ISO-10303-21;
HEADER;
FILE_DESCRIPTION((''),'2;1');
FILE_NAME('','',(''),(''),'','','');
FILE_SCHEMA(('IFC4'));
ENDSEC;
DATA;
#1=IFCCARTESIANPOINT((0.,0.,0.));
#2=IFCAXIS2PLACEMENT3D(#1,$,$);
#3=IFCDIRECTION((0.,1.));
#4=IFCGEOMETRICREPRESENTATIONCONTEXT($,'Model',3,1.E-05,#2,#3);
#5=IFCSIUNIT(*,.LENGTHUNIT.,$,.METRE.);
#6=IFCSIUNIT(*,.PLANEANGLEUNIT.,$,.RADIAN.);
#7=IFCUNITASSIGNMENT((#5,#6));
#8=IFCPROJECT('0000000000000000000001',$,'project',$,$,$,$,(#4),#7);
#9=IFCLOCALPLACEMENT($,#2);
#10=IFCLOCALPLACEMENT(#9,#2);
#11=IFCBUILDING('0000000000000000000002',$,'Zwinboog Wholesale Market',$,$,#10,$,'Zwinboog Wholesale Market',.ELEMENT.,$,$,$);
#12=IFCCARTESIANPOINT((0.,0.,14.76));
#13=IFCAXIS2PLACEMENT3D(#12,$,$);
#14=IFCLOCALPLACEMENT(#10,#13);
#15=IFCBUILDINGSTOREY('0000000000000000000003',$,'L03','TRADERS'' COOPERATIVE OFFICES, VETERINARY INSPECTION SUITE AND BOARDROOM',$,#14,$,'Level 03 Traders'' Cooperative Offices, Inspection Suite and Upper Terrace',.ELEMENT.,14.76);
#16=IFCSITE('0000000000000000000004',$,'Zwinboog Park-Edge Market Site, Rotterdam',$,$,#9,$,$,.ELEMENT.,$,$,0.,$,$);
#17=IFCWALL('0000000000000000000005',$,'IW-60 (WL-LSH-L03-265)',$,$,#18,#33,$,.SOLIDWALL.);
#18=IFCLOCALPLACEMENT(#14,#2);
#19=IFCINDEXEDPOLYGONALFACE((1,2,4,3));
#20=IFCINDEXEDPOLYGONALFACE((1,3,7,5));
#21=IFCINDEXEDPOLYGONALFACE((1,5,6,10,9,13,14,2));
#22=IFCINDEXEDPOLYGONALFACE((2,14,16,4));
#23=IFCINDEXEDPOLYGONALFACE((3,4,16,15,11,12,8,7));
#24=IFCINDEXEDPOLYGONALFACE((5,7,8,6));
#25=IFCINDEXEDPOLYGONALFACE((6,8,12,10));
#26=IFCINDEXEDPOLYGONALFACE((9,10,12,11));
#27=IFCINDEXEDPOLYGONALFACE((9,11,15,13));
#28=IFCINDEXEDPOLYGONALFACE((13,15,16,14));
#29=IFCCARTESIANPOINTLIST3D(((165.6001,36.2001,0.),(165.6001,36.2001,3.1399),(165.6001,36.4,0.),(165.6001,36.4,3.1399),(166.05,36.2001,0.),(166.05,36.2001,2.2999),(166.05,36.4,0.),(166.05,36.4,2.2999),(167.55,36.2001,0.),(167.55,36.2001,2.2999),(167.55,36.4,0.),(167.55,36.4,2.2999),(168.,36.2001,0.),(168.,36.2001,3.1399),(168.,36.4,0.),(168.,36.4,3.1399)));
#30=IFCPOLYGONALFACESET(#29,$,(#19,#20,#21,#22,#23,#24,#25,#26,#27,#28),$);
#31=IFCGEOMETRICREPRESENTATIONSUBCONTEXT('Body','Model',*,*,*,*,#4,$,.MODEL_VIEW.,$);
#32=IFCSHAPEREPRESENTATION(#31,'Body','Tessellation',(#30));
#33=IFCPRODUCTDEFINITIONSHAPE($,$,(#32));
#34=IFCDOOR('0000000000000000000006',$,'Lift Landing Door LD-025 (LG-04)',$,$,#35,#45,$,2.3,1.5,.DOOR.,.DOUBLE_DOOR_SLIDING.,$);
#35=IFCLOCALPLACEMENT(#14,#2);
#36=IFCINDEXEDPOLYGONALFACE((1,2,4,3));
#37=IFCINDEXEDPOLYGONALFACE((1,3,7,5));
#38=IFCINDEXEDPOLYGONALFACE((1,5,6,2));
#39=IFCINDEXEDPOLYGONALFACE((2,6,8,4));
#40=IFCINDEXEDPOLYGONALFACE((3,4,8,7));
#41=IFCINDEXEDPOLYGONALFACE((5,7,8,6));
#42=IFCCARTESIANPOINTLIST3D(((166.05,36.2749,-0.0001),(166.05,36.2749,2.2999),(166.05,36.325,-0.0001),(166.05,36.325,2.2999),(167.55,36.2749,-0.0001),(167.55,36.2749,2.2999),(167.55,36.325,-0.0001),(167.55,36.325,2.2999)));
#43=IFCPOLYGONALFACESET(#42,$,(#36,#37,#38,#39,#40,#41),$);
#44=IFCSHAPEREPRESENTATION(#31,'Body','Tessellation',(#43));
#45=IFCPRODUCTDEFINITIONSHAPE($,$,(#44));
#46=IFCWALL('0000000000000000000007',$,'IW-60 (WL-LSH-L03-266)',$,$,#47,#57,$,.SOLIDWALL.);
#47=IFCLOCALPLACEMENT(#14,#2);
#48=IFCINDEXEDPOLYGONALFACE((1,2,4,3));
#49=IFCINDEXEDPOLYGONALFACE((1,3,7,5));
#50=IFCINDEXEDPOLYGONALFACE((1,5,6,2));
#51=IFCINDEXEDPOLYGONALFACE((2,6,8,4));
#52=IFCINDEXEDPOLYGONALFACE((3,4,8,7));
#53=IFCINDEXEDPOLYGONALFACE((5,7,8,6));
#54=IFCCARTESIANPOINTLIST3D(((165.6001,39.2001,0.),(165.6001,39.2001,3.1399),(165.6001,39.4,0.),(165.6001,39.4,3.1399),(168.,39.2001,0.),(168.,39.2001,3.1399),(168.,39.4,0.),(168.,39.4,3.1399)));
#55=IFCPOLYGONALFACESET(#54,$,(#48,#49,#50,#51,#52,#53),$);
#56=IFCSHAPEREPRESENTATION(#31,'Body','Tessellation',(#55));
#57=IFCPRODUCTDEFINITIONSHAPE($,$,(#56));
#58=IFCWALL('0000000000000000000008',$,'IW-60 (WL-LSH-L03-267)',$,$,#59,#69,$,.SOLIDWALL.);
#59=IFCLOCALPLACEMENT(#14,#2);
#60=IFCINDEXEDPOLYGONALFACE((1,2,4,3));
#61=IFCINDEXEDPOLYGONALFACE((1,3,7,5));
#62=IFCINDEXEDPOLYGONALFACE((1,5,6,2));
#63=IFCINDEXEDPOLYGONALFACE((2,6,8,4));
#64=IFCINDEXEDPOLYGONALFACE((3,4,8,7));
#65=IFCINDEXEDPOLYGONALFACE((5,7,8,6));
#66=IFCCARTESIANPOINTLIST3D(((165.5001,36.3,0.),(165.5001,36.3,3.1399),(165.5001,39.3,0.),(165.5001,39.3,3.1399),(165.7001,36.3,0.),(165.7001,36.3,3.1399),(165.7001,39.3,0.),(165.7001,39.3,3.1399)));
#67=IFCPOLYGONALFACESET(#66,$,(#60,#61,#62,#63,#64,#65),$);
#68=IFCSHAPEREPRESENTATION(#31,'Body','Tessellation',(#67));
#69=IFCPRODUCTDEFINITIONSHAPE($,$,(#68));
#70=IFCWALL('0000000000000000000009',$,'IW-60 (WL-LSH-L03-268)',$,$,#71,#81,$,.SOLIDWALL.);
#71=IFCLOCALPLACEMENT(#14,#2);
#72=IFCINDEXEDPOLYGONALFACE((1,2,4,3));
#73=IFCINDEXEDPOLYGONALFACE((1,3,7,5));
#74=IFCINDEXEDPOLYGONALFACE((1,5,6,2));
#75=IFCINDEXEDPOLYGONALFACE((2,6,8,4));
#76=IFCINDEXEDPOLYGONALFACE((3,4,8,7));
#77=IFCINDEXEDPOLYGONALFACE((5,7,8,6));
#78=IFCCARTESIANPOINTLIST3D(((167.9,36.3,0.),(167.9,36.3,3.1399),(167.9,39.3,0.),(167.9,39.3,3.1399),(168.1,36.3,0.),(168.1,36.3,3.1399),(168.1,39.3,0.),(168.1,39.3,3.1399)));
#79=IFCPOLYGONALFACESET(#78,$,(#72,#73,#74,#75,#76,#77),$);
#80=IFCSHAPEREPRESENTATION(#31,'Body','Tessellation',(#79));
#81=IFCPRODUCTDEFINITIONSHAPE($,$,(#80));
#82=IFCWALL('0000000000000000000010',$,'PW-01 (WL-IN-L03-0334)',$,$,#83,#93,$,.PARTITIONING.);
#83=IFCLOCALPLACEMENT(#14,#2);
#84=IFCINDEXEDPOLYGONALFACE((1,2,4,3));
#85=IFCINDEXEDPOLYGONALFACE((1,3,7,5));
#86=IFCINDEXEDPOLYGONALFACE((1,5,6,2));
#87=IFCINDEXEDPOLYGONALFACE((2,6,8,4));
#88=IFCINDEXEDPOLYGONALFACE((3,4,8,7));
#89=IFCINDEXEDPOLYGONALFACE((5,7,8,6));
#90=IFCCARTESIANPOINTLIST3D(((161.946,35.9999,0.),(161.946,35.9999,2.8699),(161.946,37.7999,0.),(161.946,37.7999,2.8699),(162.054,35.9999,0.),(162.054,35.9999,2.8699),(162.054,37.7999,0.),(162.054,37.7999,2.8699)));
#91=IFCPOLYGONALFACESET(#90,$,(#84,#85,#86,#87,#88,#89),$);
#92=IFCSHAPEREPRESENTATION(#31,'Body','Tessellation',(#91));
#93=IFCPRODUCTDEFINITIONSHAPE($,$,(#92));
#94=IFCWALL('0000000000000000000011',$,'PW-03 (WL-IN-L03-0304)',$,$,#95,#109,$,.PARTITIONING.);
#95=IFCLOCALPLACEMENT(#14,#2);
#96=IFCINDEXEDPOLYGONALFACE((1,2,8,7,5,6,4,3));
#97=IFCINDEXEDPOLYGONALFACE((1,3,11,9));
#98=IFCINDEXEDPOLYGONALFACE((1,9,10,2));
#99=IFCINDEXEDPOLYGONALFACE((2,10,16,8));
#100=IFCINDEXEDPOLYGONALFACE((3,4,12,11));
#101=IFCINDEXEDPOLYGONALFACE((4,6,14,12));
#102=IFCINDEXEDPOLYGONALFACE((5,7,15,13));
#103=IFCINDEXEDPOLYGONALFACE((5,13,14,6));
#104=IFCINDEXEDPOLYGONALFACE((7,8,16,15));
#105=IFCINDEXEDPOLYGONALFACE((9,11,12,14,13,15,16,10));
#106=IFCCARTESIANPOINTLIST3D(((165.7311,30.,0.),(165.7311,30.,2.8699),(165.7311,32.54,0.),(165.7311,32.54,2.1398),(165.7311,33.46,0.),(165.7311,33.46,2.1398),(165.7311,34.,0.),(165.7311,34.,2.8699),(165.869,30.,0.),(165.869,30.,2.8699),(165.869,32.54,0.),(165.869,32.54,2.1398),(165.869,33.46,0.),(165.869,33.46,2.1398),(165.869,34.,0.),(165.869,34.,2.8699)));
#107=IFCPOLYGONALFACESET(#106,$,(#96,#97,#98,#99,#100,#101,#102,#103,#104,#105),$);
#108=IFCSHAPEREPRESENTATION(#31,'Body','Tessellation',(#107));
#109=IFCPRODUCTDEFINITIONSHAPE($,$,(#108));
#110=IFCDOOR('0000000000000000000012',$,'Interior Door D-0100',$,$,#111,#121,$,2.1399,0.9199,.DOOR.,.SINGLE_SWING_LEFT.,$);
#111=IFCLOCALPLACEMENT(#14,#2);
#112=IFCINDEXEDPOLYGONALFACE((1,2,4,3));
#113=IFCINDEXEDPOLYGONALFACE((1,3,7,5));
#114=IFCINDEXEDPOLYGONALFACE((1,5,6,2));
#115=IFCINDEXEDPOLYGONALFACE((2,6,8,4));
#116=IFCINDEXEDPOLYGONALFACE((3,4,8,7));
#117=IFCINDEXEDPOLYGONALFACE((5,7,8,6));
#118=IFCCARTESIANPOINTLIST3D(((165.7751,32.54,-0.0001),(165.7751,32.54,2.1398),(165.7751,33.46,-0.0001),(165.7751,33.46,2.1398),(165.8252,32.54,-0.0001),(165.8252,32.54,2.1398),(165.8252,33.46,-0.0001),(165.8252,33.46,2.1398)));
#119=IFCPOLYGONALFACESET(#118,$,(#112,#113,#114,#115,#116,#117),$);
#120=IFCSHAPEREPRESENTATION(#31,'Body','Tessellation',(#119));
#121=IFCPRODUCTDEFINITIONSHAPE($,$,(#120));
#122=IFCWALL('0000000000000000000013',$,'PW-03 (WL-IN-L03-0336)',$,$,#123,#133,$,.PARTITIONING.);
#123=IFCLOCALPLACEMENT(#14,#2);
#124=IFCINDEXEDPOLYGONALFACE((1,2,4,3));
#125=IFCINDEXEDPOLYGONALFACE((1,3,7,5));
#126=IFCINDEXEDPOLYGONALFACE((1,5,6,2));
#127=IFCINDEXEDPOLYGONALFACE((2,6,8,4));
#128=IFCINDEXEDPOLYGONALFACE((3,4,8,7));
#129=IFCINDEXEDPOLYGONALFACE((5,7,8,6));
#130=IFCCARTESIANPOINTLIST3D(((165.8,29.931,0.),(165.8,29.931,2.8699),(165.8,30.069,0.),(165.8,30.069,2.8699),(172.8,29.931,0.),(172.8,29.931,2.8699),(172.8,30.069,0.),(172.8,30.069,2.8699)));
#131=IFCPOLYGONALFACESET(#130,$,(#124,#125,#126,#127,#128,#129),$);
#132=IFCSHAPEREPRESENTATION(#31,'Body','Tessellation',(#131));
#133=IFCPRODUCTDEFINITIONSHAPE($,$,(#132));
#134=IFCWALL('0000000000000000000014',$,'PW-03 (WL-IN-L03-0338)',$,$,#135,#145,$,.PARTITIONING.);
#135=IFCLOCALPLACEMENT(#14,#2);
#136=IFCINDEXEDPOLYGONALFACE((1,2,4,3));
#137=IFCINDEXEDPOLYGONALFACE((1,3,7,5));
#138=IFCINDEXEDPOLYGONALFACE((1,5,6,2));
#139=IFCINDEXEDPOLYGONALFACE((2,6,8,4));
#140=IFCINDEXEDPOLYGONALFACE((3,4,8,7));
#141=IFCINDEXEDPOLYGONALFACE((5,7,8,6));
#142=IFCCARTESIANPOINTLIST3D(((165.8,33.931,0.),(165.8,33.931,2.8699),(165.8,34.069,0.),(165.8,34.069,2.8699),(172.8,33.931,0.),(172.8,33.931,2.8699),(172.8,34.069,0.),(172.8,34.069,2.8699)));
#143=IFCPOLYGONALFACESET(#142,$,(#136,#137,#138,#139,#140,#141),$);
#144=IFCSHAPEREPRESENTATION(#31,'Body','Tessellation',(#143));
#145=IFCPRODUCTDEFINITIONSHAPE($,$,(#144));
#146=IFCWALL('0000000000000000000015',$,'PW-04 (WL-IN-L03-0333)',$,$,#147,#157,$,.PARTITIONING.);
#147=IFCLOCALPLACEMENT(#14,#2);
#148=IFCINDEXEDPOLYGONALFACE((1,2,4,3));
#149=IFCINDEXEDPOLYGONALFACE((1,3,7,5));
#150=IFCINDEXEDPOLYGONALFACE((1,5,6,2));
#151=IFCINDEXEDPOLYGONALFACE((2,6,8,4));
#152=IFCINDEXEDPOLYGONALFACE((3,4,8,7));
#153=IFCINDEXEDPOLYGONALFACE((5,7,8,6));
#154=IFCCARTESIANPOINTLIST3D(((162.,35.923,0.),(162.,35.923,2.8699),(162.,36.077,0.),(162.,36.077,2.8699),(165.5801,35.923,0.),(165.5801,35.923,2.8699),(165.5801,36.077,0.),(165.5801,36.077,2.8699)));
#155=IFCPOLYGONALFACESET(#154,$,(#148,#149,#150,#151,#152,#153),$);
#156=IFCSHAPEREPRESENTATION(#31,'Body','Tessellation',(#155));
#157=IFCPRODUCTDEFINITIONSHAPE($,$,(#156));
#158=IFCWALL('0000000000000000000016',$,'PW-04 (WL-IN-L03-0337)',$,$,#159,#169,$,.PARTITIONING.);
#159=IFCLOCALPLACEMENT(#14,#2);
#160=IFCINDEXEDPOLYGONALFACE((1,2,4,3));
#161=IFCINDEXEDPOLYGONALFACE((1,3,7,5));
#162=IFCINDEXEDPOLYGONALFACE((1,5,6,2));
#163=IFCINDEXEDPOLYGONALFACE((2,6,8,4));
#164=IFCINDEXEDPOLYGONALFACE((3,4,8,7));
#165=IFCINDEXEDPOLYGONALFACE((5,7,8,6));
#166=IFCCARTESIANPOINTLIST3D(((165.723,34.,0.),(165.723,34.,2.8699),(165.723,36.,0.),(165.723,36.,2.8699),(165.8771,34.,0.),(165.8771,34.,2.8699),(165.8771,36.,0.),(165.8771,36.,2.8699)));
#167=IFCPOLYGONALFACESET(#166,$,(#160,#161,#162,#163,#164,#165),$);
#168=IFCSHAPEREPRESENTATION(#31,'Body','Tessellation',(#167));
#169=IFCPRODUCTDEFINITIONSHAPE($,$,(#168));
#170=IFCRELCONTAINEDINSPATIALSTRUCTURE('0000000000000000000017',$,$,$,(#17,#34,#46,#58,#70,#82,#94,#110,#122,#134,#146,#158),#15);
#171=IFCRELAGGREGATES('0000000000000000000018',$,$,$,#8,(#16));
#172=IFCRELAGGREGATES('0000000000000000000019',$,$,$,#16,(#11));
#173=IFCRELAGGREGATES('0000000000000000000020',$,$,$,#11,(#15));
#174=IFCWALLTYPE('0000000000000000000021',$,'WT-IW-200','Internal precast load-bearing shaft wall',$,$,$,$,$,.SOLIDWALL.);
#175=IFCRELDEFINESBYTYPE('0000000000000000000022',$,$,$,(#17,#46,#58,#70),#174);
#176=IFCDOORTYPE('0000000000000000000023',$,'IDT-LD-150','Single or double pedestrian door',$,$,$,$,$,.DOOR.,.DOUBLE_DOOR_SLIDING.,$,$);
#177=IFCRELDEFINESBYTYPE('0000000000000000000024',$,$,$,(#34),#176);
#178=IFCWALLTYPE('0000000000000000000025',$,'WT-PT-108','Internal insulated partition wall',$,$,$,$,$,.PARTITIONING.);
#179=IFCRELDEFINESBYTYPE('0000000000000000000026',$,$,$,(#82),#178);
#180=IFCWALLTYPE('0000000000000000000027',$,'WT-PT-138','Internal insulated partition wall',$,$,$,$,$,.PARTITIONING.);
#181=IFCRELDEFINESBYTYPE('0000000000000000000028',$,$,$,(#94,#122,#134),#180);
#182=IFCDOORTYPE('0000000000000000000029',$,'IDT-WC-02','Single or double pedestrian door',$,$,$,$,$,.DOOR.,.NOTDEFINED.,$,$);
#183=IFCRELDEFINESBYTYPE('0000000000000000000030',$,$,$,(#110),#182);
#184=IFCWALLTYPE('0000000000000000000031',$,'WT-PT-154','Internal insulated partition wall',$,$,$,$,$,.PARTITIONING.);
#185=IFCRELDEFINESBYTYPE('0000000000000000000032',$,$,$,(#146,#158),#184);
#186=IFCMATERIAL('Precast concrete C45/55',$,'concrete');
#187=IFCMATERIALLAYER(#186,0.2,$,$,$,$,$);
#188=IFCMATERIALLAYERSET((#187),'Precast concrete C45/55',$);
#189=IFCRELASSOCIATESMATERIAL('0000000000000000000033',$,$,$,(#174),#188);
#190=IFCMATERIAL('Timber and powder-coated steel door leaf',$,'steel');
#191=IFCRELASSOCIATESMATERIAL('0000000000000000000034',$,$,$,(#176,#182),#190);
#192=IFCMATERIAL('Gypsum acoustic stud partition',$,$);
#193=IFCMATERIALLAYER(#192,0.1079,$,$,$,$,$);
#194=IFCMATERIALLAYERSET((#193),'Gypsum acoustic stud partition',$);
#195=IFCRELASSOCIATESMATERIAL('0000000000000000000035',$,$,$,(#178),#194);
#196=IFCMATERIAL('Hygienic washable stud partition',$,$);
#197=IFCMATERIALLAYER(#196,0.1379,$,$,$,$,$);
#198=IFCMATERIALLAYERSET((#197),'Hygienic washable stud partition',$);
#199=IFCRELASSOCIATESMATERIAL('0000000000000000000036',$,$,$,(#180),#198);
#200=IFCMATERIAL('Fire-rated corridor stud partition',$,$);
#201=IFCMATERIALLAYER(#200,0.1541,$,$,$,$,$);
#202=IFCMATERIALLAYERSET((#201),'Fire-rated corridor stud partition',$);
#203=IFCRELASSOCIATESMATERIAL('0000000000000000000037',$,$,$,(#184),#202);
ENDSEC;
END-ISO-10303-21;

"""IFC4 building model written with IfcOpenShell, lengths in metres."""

from ifc_helpers import new_model, si_unit, direction, frame, frame_2d, origin, place, context, subcontext, project, spatial, rectangle, extrude, material, layer, layer_set, type_object, element, fill, save


model = new_model("IFC4")

# Units and contexts
model_context = context("Model", 3, precision=1e-05, world=origin(), true_north=direction((0.0, 1.0)))
body_context = subcontext(model_context, "Body", "Model", "MODEL_VIEW")
ifc_project = project(units=[si_unit("LENGTHUNIT", "METRE"), si_unit("PLANEANGLEUNIT", "RADIAN")], contexts=[model_context])

# Site, building, storey
site_placement = place(None, origin())
site = spatial("IfcSite", under=ifc_project, at=site_placement, Name="Zwinboog Park-Edge Market Site, Rotterdam", CompositionType="ELEMENT", RefElevation=0.0)
building_placement = place(site_placement, origin())
building = spatial("IfcBuilding", under=site, at=building_placement, Name="Zwinboog Wholesale Market", LongName="Zwinboog Wholesale Market", CompositionType="ELEMENT")
storey_placement = place(building_placement, frame((0.0, 0.0, 14.76)))
storey = spatial("IfcBuildingStorey", under=building, at=storey_placement, Name="L03", Description="TRADERS' COOPERATIVE OFFICES, VETERINARY INSPECTION SUITE AND BOARDROOM", LongName="Level 03 Traders' Cooperative Offices, Inspection Suite and Upper Terrace", CompositionType="ELEMENT", Elevation=14.76)

# Shared definitions
ifc_material_1 = material(Name="Precast concrete C45/55", Category="concrete")

# Wall, opening, door
ifc_layer_1 = layer(ifc_material_1, 0.2)
ifc_layer_set_1 = layer_set([ifc_layer_1], Name="Precast concrete C45/55")
wall_type_1 = type_object("IfcWallType", Name="WT-IW-200", Description="Internal precast load-bearing shaft wall", PredefinedType="SOLIDWALL", material=ifc_layer_set_1)
wall_1_placement = place(storey_placement, frame((165.6001, 36.3, 0.0), z_axis=(0.0, 0.0, 1.0), x_axis=(1.0, 0.0, 0.0)))
wall_1 = element("IfcWall", 1, at=wall_1_placement, inside=storey, type_object=wall_type_1, Name="IW-60 (WL-LSH-L03-265)", PredefinedType="SOLIDWALL", context=body_context, shape_type="SweptSolid", body=[
    extrude(rectangle(XDim=2.3999, YDim=0.2, at=frame_2d((1.2, 0.0))), origin(), (0.0, 0.0, 1.0), 3.1399),
])
opening_1_placement = place(wall_1_placement, frame((0.45, 0.0, 0.0)))
opening_1 = element("IfcOpeningElement", 2, at=opening_1_placement, cuts=wall_1, PredefinedType="OPENING", context=body_context, shape_type="SweptSolid", body=[
    extrude(rectangle(XDim=1.5, YDim=2.3, at=frame_2d((0.75, 1.1499))), frame((0.0, 0.1099, 0.0), z_axis=(0.0, -1.0, 0.0), x_axis=(1.0, 0.0, 0.0)), (0.0, 0.0, 1.0), 0.22),
])
ifc_material_2 = material(Name="Timber and powder-coated steel door leaf", Category="steel")
door_type_1 = type_object("IfcDoorType", Name="IDT-LD-150", Description="Single or double pedestrian door", OperationType="DOUBLE_DOOR_SLIDING", PredefinedType="DOOR", material=ifc_material_2)
door_1_placement = place(opening_1_placement, origin())
door_1 = element("IfcDoor", 3, at=door_1_placement, inside=storey, type_object=door_type_1, Name="Lift Landing Door LD-025 (LG-04)", OperationType="DOUBLE_DOOR_SLIDING", OverallHeight=2.3, OverallWidth=1.5, PredefinedType="DOOR", context=body_context, shape_type="SweptSolid", body=[
    extrude(rectangle(XDim=1.5, YDim=2.3, at=frame_2d((0.75, 1.1499))), frame((0.0, 0.0249, 0.0), z_axis=(0.0, -1.0, 0.0), x_axis=(1.0, 0.0, 0.0)), (0.0, 0.0, 1.0), 0.05),
])
fill(opening_1, door_1)

# Walls
wall_2_placement = place(storey_placement, frame((165.6001, 39.3, 0.0), z_axis=(0.0, 0.0, 1.0), x_axis=(1.0, 0.0, 0.0)))
element("IfcWall", 4, at=wall_2_placement, inside=storey, type_object=wall_type_1, Name="IW-60 (WL-LSH-L03-266)", PredefinedType="SOLIDWALL", context=body_context, shape_type="SweptSolid", body=[
    extrude(rectangle(XDim=2.3999, YDim=0.2, at=frame_2d((1.2, 0.0))), origin(), (0.0, 0.0, 1.0), 3.1399),
])
for number, where, z_axis, x_axis, name in (
    (5, (165.6001, 36.3, 0.0), (0.0, 0.0, 1.0), (0.0, 1.0, 0.0), "IW-60 (WL-LSH-L03-267)"),
    (6, (168.0, 36.3, 0.0), (0.0, 0.0, 1.0), (0.0, 1.0, 0.0), "IW-60 (WL-LSH-L03-268)"),
):
    element("IfcWall", number, at=place(storey_placement, frame(where, z_axis=z_axis, x_axis=x_axis)), inside=storey, type_object=wall_type_1, Name=name, PredefinedType="SOLIDWALL", context=body_context, shape_type="SweptSolid", body=[
        extrude(rectangle(XDim=3.0, YDim=0.2, at=frame_2d((1.5, 0.0))), origin(), (0.0, 0.0, 1.0), 3.1399),
    ])
ifc_material_3 = material(Name="Gypsum acoustic stud partition")
ifc_layer_2 = layer(ifc_material_3, 0.1079)
ifc_layer_set_2 = layer_set([ifc_layer_2], Name="Gypsum acoustic stud partition")
wall_type_2 = type_object("IfcWallType", Name="WT-PT-108", Description="Internal insulated partition wall", PredefinedType="PARTITIONING", material=ifc_layer_set_2)
wall_3_placement = place(storey_placement, frame((162.0, 36.0, 0.0), z_axis=(0.0, 0.0, 1.0), x_axis=(0.0, 1.0, 0.0)))
element("IfcWall", 7, at=wall_3_placement, inside=storey, type_object=wall_type_2, Name="PW-01 (WL-IN-L03-0334)", PredefinedType="PARTITIONING", context=body_context, shape_type="SweptSolid", body=[
    extrude(rectangle(XDim=1.8, YDim=0.1079, at=frame_2d((0.8999, 0.0))), origin(), (0.0, 0.0, 1.0), 2.8699),
])

# Wall, opening, door
ifc_material_4 = material(Name="Hygienic washable stud partition")
ifc_layer_3 = layer(ifc_material_4, 0.1379)
ifc_layer_set_3 = layer_set([ifc_layer_3], Name="Hygienic washable stud partition")
wall_type_3 = type_object("IfcWallType", Name="WT-PT-138", Description="Internal insulated partition wall", PredefinedType="PARTITIONING", material=ifc_layer_set_3)
wall_4_placement = place(storey_placement, frame((165.8, 30.0, 0.0), z_axis=(0.0, 0.0, 1.0), x_axis=(0.0, 1.0, 0.0)))
wall_4 = element("IfcWall", 8, at=wall_4_placement, inside=storey, type_object=wall_type_3, Name="PW-03 (WL-IN-L03-0304)", PredefinedType="PARTITIONING", context=body_context, shape_type="SweptSolid", body=[
    extrude(rectangle(XDim=4.0, YDim=0.1379, at=frame_2d((2.0, 0.0))), origin(), (0.0, 0.0, 1.0), 2.8699),
])
opening_2_placement = place(wall_4_placement, frame((2.54, 0.0, 0.0)))
opening_2 = element("IfcOpeningElement", 9, at=opening_2_placement, cuts=wall_4, PredefinedType="OPENING", context=body_context, shape_type="SweptSolid", body=[
    extrude(rectangle(XDim=0.9199, YDim=2.1399, at=frame_2d((0.46, 1.0698))), frame((0.0, 0.0789, 0.0), z_axis=(0.0, -1.0, 0.0), x_axis=(1.0, 0.0, 0.0)), (0.0, 0.0, 1.0), 0.158),
])
door_type_2 = type_object("IfcDoorType", Name="IDT-WC-02", Description="Single or double pedestrian door", OperationType="NOTDEFINED", PredefinedType="DOOR", material=ifc_material_2)
door_2_placement = place(opening_2_placement, origin())
door_2 = element("IfcDoor", 10, at=door_2_placement, inside=storey, type_object=door_type_2, Name="Interior Door D-0100", OperationType="SINGLE_SWING_LEFT", OverallHeight=2.1399, OverallWidth=0.9199, PredefinedType="DOOR", context=body_context, shape_type="SweptSolid", body=[
    extrude(rectangle(XDim=0.9199, YDim=2.1399, at=frame_2d((0.46, 1.0698))), frame((0.0, 0.0249, 0.0), z_axis=(0.0, -1.0, 0.0), x_axis=(1.0, 0.0, 0.0)), (0.0, 0.0, 1.0), 0.05),
])
fill(opening_2, door_2)

# Walls
for number, where, z_axis, x_axis, name in (
    (11, (165.8, 30.0, 0.0), (0.0, 0.0, 1.0), (1.0, 0.0, 0.0), "PW-03 (WL-IN-L03-0336)"),
    (12, (165.8, 34.0, 0.0), (0.0, 0.0, 1.0), (1.0, 0.0, 0.0), "PW-03 (WL-IN-L03-0338)"),
):
    element("IfcWall", number, at=place(storey_placement, frame(where, z_axis=z_axis, x_axis=x_axis)), inside=storey, type_object=wall_type_3, Name=name, PredefinedType="PARTITIONING", context=body_context, shape_type="SweptSolid", body=[
        extrude(rectangle(XDim=7.0, YDim=0.1379, at=frame_2d((3.5, 0.0))), origin(), (0.0, 0.0, 1.0), 2.8699),
    ])
ifc_material_5 = material(Name="Fire-rated corridor stud partition")
ifc_layer_4 = layer(ifc_material_5, 0.1541)
ifc_layer_set_4 = layer_set([ifc_layer_4], Name="Fire-rated corridor stud partition")
wall_type_4 = type_object("IfcWallType", Name="WT-PT-154", Description="Internal insulated partition wall", PredefinedType="PARTITIONING", material=ifc_layer_set_4)
wall_5_placement = place(storey_placement, frame((162.0, 36.0, 0.0), z_axis=(0.0, 0.0, 1.0), x_axis=(1.0, 0.0, 0.0)))
element("IfcWall", 13, at=wall_5_placement, inside=storey, type_object=wall_type_4, Name="PW-04 (WL-IN-L03-0333)", PredefinedType="PARTITIONING", context=body_context, shape_type="SweptSolid", body=[
    extrude(rectangle(XDim=3.5801, YDim=0.1541, at=frame_2d((1.79, 0.0))), origin(), (0.0, 0.0, 1.0), 2.8699),
])
wall_6_placement = place(storey_placement, frame((165.8, 34.0, 0.0), z_axis=(0.0, 0.0, 1.0), x_axis=(0.0, 1.0, 0.0)))
element("IfcWall", 14, at=wall_6_placement, inside=storey, type_object=wall_type_4, Name="PW-04 (WL-IN-L03-0337)", PredefinedType="PARTITIONING", context=body_context, shape_type="SweptSolid", body=[
    extrude(rectangle(XDim=2.0, YDim=0.1541, at=frame_2d((1.0, 0.0))), origin(), (0.0, 0.0, 1.0), 2.8699),
])

save(model, "model.ifc")
